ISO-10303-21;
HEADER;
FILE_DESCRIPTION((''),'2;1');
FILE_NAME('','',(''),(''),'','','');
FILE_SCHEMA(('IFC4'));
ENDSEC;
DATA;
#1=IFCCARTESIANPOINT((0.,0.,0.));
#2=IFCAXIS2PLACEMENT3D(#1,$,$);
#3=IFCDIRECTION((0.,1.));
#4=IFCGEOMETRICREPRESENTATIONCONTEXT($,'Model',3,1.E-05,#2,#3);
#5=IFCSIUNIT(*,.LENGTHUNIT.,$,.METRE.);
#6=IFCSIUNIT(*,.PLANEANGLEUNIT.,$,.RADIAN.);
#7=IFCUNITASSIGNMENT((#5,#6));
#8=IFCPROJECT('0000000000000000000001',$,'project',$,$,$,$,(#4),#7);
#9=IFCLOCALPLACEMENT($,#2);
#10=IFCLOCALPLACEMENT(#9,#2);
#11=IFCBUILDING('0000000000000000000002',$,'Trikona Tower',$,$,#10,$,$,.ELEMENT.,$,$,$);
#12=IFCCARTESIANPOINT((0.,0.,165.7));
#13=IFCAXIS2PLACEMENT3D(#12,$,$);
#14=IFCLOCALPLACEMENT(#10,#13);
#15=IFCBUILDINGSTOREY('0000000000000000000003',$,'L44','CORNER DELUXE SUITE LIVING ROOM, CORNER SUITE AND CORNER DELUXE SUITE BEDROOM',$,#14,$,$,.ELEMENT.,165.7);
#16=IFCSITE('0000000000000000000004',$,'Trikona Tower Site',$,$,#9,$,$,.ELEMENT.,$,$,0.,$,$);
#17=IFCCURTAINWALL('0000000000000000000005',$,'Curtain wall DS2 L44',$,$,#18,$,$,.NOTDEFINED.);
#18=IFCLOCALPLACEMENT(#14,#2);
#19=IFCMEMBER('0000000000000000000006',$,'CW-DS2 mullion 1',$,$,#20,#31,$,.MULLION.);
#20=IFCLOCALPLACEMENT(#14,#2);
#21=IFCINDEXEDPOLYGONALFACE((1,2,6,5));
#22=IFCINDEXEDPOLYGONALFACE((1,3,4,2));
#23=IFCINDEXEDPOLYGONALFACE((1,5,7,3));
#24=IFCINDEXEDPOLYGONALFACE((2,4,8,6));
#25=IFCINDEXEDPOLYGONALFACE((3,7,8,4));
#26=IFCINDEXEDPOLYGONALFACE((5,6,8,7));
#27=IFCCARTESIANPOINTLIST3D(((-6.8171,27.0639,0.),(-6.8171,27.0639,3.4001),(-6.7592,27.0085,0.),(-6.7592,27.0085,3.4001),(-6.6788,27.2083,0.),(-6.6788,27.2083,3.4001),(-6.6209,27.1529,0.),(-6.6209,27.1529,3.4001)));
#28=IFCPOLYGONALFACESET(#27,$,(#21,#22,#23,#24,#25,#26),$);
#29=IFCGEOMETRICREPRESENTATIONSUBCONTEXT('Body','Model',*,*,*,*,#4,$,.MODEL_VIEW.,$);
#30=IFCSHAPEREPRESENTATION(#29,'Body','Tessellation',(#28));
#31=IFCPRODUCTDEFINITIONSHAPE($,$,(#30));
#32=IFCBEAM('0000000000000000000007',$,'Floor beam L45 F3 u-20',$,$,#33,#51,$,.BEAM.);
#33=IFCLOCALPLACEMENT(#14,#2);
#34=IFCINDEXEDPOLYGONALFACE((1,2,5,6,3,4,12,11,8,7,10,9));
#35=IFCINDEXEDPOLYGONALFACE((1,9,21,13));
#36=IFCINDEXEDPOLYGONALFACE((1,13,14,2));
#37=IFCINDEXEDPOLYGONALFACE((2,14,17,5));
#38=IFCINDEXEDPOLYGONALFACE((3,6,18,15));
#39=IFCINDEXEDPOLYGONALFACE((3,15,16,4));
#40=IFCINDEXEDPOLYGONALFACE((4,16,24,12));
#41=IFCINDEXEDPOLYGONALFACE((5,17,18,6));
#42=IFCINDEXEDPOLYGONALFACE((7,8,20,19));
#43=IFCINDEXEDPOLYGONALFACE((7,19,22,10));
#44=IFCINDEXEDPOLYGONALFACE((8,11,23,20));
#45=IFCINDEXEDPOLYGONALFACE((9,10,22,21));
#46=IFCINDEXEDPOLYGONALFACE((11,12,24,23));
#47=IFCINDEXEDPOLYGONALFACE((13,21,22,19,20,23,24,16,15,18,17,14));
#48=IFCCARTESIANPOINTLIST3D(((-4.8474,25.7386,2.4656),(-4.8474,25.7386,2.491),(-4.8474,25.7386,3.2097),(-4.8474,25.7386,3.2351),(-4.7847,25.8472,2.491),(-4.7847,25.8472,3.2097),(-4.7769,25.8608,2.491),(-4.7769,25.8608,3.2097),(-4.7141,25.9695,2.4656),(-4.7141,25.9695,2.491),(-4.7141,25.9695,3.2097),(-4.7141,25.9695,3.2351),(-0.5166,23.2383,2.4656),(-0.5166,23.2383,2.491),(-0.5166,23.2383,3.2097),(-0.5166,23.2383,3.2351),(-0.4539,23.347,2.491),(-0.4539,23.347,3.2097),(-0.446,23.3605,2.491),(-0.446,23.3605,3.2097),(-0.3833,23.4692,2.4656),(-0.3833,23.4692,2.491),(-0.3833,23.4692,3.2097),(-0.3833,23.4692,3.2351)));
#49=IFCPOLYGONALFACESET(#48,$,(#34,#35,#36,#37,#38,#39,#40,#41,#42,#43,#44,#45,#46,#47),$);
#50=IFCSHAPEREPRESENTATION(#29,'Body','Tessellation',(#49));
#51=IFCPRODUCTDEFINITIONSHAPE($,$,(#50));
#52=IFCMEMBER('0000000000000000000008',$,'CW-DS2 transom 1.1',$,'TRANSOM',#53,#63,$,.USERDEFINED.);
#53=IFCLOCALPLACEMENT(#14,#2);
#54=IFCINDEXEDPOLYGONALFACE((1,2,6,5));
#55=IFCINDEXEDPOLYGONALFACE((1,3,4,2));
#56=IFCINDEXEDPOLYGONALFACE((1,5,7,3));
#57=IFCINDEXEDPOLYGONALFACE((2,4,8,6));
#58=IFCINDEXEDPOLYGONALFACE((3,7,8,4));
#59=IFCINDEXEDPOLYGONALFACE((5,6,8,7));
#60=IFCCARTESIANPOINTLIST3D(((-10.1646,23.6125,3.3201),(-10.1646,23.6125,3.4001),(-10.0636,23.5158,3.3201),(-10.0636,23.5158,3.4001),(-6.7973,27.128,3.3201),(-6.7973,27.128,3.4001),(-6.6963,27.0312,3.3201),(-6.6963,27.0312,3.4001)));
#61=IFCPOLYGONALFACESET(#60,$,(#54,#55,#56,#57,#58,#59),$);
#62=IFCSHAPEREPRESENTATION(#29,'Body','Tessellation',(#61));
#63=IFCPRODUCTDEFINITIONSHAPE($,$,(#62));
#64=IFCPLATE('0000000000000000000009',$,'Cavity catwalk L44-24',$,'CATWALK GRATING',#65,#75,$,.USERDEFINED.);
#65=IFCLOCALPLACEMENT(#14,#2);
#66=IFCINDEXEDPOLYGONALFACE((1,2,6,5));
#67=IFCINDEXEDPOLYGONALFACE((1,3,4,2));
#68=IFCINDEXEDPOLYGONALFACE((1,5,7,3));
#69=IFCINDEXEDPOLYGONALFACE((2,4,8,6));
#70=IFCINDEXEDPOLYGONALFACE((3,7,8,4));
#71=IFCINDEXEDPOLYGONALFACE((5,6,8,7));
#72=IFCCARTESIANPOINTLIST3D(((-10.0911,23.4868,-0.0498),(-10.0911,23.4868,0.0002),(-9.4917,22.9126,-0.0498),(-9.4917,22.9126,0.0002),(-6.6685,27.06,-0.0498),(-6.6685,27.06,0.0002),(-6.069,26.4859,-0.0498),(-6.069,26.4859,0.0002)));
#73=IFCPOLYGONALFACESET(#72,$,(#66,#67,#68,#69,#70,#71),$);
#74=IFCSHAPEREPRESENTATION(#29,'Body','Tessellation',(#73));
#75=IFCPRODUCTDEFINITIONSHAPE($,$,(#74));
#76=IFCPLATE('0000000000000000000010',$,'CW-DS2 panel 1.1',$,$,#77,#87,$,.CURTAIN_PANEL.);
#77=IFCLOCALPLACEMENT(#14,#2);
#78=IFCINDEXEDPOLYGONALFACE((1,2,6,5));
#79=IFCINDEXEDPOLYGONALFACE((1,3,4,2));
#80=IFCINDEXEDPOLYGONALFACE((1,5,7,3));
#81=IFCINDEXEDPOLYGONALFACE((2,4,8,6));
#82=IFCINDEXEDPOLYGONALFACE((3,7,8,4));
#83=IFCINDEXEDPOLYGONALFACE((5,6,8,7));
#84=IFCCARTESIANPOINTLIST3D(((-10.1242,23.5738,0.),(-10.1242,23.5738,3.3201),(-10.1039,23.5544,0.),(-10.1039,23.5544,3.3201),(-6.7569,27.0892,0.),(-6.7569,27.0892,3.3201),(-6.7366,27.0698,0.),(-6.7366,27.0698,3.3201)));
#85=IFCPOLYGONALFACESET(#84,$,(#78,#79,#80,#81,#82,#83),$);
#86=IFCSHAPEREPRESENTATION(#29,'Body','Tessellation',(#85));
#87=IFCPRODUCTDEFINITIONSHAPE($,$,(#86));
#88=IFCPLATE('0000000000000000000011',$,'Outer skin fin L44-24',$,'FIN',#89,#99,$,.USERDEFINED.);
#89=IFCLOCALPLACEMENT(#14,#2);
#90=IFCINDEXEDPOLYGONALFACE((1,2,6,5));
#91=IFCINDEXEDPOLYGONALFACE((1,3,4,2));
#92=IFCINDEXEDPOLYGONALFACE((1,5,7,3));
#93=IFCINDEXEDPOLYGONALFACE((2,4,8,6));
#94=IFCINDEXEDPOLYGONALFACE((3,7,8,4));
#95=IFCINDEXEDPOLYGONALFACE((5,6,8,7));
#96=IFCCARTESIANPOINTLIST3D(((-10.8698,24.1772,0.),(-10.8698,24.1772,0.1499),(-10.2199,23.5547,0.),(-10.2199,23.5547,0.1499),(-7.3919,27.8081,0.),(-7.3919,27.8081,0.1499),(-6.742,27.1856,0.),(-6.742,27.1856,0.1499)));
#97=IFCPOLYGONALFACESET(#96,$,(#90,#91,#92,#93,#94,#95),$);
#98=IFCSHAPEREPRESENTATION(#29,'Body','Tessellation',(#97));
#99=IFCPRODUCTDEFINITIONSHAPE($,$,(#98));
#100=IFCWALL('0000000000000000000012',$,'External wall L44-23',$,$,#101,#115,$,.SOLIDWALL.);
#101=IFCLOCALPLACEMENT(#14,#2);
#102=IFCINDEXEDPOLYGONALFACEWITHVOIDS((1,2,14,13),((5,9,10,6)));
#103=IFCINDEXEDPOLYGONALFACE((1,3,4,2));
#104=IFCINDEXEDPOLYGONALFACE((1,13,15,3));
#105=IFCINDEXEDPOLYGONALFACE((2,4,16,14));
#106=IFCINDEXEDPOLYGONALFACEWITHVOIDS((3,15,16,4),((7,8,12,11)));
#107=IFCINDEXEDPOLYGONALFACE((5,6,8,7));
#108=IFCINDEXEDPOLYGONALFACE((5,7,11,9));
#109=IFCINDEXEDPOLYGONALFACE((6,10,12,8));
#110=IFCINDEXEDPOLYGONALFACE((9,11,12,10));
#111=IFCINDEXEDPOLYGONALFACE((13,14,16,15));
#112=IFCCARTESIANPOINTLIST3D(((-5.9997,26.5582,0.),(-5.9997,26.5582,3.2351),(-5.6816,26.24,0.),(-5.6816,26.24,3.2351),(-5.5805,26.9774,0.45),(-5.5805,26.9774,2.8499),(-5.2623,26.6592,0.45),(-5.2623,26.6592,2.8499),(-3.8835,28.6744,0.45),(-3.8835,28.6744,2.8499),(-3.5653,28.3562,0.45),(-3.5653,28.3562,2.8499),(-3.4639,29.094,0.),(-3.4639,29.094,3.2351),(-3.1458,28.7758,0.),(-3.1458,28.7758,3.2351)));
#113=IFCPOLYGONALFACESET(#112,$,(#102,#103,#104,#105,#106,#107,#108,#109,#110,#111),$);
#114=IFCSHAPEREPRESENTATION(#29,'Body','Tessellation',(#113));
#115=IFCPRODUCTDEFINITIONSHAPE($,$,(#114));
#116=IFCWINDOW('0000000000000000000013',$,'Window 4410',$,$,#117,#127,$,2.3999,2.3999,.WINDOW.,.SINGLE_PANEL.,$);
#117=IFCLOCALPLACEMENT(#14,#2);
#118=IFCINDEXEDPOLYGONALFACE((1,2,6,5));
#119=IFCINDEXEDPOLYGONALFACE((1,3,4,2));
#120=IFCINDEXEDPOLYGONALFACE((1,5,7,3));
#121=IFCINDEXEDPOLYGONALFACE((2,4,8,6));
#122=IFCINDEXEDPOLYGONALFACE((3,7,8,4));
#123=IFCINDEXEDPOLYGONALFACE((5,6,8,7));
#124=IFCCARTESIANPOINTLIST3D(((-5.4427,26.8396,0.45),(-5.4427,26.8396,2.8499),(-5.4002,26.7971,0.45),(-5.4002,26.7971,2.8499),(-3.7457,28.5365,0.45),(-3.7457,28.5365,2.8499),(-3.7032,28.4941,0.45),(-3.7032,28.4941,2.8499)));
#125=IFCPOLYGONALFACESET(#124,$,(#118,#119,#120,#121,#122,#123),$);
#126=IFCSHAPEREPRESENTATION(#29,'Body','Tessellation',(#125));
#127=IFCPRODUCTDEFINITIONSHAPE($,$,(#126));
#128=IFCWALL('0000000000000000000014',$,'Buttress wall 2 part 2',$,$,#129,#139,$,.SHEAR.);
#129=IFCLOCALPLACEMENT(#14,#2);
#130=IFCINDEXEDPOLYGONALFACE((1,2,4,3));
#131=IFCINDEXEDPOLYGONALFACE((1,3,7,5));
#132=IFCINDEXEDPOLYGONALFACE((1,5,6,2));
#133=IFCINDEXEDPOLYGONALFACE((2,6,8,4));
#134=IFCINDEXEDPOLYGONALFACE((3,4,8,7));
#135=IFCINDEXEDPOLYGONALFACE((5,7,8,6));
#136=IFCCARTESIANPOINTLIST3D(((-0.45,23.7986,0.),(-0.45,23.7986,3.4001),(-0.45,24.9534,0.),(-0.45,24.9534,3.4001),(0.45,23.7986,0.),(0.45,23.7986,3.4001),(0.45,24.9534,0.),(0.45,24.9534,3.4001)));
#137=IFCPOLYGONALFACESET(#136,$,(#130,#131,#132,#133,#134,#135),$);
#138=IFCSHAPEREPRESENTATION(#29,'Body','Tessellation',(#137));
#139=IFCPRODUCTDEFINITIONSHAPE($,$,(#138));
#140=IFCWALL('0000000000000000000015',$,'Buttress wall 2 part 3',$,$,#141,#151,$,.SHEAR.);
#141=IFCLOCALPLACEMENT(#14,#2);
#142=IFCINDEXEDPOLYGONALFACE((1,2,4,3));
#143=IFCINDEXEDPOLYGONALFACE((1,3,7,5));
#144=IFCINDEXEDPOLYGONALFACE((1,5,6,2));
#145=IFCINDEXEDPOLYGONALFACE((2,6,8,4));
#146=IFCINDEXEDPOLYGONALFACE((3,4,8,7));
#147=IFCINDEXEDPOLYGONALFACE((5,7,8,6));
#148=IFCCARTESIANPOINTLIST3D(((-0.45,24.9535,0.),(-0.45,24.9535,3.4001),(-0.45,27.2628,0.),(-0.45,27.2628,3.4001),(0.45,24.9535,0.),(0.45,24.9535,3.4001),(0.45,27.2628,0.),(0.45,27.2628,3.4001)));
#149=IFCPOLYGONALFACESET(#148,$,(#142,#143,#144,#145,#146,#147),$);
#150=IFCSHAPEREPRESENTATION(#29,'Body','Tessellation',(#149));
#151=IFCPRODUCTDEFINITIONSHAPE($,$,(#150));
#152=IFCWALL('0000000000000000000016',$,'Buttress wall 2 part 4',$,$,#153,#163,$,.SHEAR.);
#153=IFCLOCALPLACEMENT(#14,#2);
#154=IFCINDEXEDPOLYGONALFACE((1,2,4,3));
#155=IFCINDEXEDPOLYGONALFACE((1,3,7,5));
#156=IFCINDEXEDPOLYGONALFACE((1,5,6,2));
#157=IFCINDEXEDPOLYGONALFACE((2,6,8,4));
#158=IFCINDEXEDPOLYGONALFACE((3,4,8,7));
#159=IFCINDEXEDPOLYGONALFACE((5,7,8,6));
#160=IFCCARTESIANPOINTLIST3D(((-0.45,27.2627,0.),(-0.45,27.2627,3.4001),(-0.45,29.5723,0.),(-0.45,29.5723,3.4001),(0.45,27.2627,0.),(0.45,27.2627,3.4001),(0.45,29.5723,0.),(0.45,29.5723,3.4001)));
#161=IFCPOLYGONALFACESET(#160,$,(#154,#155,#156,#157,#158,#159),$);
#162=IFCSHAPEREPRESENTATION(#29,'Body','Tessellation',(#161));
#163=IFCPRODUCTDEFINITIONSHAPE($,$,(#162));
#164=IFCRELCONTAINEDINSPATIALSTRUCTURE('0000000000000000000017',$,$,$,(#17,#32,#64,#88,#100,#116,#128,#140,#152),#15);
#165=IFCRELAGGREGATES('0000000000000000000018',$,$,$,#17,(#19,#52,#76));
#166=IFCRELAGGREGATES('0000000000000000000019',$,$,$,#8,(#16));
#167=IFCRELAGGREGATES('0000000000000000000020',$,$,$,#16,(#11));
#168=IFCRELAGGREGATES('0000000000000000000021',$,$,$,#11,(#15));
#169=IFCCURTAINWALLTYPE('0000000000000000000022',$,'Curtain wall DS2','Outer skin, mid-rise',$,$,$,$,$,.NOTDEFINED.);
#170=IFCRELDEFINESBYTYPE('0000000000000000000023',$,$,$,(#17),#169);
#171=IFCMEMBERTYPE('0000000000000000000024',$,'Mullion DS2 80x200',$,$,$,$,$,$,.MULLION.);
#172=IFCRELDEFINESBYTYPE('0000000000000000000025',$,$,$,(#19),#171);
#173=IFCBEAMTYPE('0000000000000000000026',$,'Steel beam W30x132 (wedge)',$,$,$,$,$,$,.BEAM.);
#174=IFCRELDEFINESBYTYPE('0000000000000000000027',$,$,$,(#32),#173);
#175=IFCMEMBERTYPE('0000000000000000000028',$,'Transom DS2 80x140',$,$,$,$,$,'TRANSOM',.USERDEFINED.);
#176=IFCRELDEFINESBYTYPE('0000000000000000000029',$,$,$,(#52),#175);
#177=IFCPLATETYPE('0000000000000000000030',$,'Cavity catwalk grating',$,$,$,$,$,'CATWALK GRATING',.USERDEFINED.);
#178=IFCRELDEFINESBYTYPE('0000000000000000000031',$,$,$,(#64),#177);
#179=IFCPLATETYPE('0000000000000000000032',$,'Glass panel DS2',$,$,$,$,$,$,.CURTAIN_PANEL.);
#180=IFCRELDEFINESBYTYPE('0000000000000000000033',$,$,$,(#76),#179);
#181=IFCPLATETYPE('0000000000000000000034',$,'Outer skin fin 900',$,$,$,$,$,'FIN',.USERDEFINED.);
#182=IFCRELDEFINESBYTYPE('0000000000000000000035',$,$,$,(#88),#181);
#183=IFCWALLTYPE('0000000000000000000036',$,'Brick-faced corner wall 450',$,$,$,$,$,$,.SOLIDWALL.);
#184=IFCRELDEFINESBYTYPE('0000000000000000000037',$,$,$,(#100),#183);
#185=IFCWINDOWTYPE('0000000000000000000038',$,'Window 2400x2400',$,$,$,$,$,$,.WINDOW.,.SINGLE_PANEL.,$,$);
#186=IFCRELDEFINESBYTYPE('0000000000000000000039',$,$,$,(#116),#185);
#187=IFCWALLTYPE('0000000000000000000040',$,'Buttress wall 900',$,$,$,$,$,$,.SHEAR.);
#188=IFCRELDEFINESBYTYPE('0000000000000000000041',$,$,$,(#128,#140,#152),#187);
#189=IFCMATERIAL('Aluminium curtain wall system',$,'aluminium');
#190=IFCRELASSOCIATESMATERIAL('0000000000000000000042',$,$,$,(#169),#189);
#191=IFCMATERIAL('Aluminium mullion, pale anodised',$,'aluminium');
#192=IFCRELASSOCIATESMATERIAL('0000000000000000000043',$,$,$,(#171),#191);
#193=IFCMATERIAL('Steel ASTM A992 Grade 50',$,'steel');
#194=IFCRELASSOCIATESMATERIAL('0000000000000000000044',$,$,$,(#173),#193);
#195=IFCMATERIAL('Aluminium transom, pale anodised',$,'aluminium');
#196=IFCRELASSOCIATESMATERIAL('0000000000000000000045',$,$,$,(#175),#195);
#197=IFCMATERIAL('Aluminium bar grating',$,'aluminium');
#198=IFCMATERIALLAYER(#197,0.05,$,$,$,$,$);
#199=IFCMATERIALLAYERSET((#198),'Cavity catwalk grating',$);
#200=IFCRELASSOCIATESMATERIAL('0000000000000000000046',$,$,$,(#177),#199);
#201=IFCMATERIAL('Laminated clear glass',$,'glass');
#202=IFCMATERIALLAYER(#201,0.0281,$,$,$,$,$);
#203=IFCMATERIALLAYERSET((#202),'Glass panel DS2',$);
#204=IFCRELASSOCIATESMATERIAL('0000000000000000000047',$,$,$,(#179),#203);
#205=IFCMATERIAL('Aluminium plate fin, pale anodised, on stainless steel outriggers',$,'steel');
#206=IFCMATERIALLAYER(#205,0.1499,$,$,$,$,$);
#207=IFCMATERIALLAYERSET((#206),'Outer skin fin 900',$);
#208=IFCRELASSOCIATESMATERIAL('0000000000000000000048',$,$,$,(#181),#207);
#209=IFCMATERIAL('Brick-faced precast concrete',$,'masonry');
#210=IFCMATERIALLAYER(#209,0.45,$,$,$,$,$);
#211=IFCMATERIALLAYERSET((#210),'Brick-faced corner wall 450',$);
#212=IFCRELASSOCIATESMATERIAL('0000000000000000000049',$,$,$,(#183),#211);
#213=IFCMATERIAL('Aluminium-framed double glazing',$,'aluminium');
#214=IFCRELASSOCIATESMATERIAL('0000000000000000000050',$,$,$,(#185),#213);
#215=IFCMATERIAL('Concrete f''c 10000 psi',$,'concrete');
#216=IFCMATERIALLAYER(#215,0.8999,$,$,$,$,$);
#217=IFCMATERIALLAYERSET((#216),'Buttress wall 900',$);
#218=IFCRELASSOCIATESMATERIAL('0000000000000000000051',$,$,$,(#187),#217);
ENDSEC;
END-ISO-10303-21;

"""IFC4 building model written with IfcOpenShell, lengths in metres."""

from ifc_helpers import new_model, si_unit, direction, frame, frame_2d, origin, origin_2d, place, context, subcontext, project, spatial, rectangle, i_section, extrude, material, layer, layer_set, material_profile, profile_set, type_object, element, fill, aggregate, save


model = new_model("IFC4")

# Units and contexts
model_context = context("Model", 3, precision=1e-05, world=origin(), true_north=direction((0.0, 1.0)))
body_context = subcontext(model_context, "Body", "Model", "MODEL_VIEW")
ifc_project = project(units=[si_unit("LENGTHUNIT", "METRE"), si_unit("PLANEANGLEUNIT", "RADIAN")], contexts=[model_context])

# Site, building, storey
site_placement = place(None, origin())
site = spatial("IfcSite", under=ifc_project, at=site_placement, Name="Trikona Tower Site", CompositionType="ELEMENT", RefElevation=0.0)
building_placement = place(site_placement, origin())
building = spatial("IfcBuilding", under=site, at=building_placement, Name="Trikona Tower", CompositionType="ELEMENT")
storey_placement = place(building_placement, frame((0.0, 0.0, 165.7)))
storey = spatial("IfcBuildingStorey", under=building, at=storey_placement, Name="L44", Description="CORNER DELUXE SUITE LIVING ROOM, CORNER SUITE AND CORNER DELUXE SUITE BEDROOM", CompositionType="ELEMENT", Elevation=165.7)

# Curtain wall, member
ifc_material_1 = material(Name="Aluminium curtain wall system", Category="aluminium")
curtain_wall_type = type_object("IfcCurtainWallType", Name="Curtain wall DS2", Description="Outer skin, mid-rise", PredefinedType="NOTDEFINED", material=ifc_material_1)
curtain_wall_placement = place(storey_placement, origin())
curtain_wall = element("IfcCurtainWall", 1, at=curtain_wall_placement, inside=storey, type_object=curtain_wall_type, Name="Curtain wall DS2 L44", PredefinedType="NOTDEFINED")
ifc_material_2 = material(Name="Aluminium mullion, pale anodised", Category="aluminium")
ifc_material_profile_1 = material_profile(ifc_material_2, rectangle(XDim=0.0801, YDim=0.2, at=origin_2d()), Name="MUL-DS2")
ifc_profile_set_1 = profile_set([ifc_material_profile_1], Name="Aluminium mullion, pale anodised")
member_type_1 = type_object("IfcMemberType", Name="Mullion DS2 80x200", PredefinedType="MULLION", material=ifc_profile_set_1)
member_1_placement = place(storey_placement, frame((-6.719, 27.1084, 0.0), z_axis=(0.0, 0.0, 1.0), x_axis=(0.722158, -0.691728, 0.0)))
member_1 = element("IfcMember", 2, at=member_1_placement, type_object=member_type_1, Name="CW-DS2 mullion 1", PredefinedType="MULLION", context=body_context, shape_type="SweptSolid", body=[
    extrude(rectangle(XDim=0.0801, YDim=0.2, at=origin_2d()), origin(), (0.0, 0.0, 1.0), 3.4001),
])

# Beam
ifc_material_3 = material(Name="Steel ASTM A992 Grade 50", Category="steel")
ifc_material_profile_2 = material_profile(ifc_material_3, i_section(OverallWidth=0.2666, OverallDepth=0.7695, WebThickness=0.0156, FlangeThickness=0.0254, at=origin_2d()), Name="W30X132")
ifc_profile_set_2 = profile_set([ifc_material_profile_2], Name="Steel ASTM A992 Grade 50")
beam_type = type_object("IfcBeamType", Name="Steel beam W30x132 (wedge)", PredefinedType="BEAM", material=ifc_profile_set_2)
beam_placement = place(storey_placement, frame((-0.45, 23.3538, 2.8503), z_axis=(-0.866038, 0.499977, 0.0), x_axis=(-0.499977, -0.866038, 0.0)))
element("IfcBeam", 3, at=beam_placement, inside=storey, type_object=beam_type, Name="Floor beam L45 F3 u-20", PredefinedType="BEAM", context=body_context, shape_type="SweptSolid", body=[
    extrude(i_section(OverallWidth=0.2666, OverallDepth=0.7695, WebThickness=0.0156, FlangeThickness=0.0254, at=origin_2d()), origin(), (0.0, 0.0, 1.0), 5.0007),
])

# Member
ifc_material_4 = material(Name="Aluminium transom, pale anodised", Category="aluminium")
ifc_material_profile_3 = material_profile(ifc_material_4, rectangle(XDim=0.1399, YDim=0.0801, at=origin_2d()), Name="TRN-DS2")
ifc_profile_set_3 = profile_set([ifc_material_profile_3], Name="Aluminium transom, pale anodised")
member_type_2 = type_object("IfcMemberType", Name="Transom DS2 80x140", ElementType="TRANSOM", PredefinedType="USERDEFINED", material=ifc_profile_set_3)
member_2_placement = place(storey_placement, frame((-6.7468, 27.0796, 3.3601), z_axis=(-0.691721, -0.722165, 0.0), x_axis=(0.722165, -0.691721, 0.0)))
member_2 = element("IfcMember", 4, at=member_2_placement, type_object=member_type_2, Name="CW-DS2 transom 1.1", ObjectType="TRANSOM", PredefinedType="USERDEFINED", context=body_context, shape_type="SweptSolid", body=[
    extrude(rectangle(XDim=0.1399, YDim=0.0801, at=origin_2d()), origin(), (0.0, 0.0, 1.0), 4.8679),
])

# Plates
ifc_material_5 = material(Name="Aluminium bar grating", Category="aluminium")
ifc_layer_1 = layer(ifc_material_5, 0.05)
ifc_layer_set_1 = layer_set([ifc_layer_1], Name="Cavity catwalk grating")
plate_type_1 = type_object("IfcPlateType", Name="Cavity catwalk grating", ElementType="CATWALK GRATING", PredefinedType="USERDEFINED", material=ifc_layer_set_1)
plate_1_placement = place(storey_placement, frame((-8.0801, 24.9863, -0.0498), z_axis=(0.0, 0.0, 1.0), x_axis=(-0.691724, -0.722162, 0.0)))
element("IfcPlate", 5, at=plate_1_placement, inside=storey, type_object=plate_type_1, Name="Cavity catwalk L44-24", ObjectType="CATWALK GRATING", PredefinedType="USERDEFINED", context=body_context, shape_type="SweptSolid", body=[
    extrude(rectangle(XDim=4.948, YDim=0.8301, at=origin_2d()), origin(), (0.0, 0.0, 1.0), 0.05),
])
ifc_material_6 = material(Name="Laminated clear glass", Category="glass")
ifc_layer_2 = layer(ifc_material_6, 0.0281)
ifc_layer_set_2 = layer_set([ifc_layer_2], Name="Glass panel DS2")
plate_type_2 = type_object("IfcPlateType", Name="Glass panel DS2", PredefinedType="CURTAIN_PANEL", material=ifc_layer_set_2)
plate_2_placement = place(storey_placement, frame((-8.4304, 25.3218, 0.0), z_axis=(0.0, 0.0, 1.0), x_axis=(-0.691728, -0.722158, 0.0)))
plate_2 = element("IfcPlate", 6, at=plate_2_placement, type_object=plate_type_2, Name="CW-DS2 panel 1.1", PredefinedType="CURTAIN_PANEL", context=body_context, shape_type="SweptSolid", body=[
    extrude(rectangle(XDim=4.8679, YDim=0.0281, at=origin_2d()), origin(), (0.0, 0.0, 1.0), 3.3201),
])
aggregate(curtain_wall, [member_1, member_2, plate_2])
ifc_material_7 = material(Name="Aluminium plate fin, pale anodised, on stainless steel outriggers", Category="steel")
ifc_layer_3 = layer(ifc_material_7, 0.1499)
ifc_layer_set_3 = layer_set([ifc_layer_3], Name="Outer skin fin 900")
plate_type_3 = type_object("IfcPlateType", Name="Outer skin fin 900", ElementType="FIN", PredefinedType="USERDEFINED", material=ifc_layer_set_3)
plate_3_placement = place(storey_placement, frame((-8.8059, 25.6814, 0.0), z_axis=(0.0, 0.0, 1.0), x_axis=(-0.691724, -0.722162, 0.0)))
element("IfcPlate", 7, at=plate_3_placement, inside=storey, type_object=plate_type_3, Name="Outer skin fin L44-24", ObjectType="FIN", PredefinedType="USERDEFINED", context=body_context, shape_type="SweptSolid", body=[
    extrude(rectangle(XDim=5.0278, YDim=0.8999, at=origin_2d()), origin(), (0.0, 0.0, 1.0), 0.1499),
])

# Wall, opening, window
ifc_material_8 = material(Name="Brick-faced precast concrete", Category="masonry")
ifc_layer_4 = layer(ifc_material_8, 0.45)
ifc_layer_set_4 = layer_set([ifc_layer_4], Name="Brick-faced corner wall 450")
wall_type_1 = type_object("IfcWallType", Name="Brick-faced corner wall 450", PredefinedType="SOLIDWALL", material=ifc_layer_set_4)
wall_1_placement = place(storey_placement, frame((-3.3049, 28.9348, 0.0), z_axis=(0.0, 0.0, 1.0), x_axis=(-0.707107, -0.707107, 0.0)))
wall_1 = element("IfcWall", 8, at=wall_1_placement, inside=storey, type_object=wall_type_1, Name="External wall L44-23", PredefinedType="SOLIDWALL", context=body_context, shape_type="SweptSolid", body=[
    extrude(rectangle(XDim=3.5862, YDim=0.45, at=frame_2d((1.793, 0.0))), origin(), (0.0, 0.0, 1.0), 3.2351),
])
opening_1_placement = place(wall_1_placement, frame((0.5933, 0.0, 0.45)))
opening_1 = element("IfcOpeningElement", 9, at=opening_1_placement, cuts=wall_1, PredefinedType="OPENING", context=body_context, shape_type="SweptSolid", body=[
    extrude(rectangle(XDim=2.3999, YDim=2.3999, at=frame_2d((1.2, 1.2))), frame((0.0, 0.2349, 0.0), z_axis=(0.0, -1.0, 0.0), x_axis=(1.0, 0.0, 0.0)), (0.0, 0.0, 1.0), 0.47),
])
ifc_material_9 = material(Name="Aluminium-framed double glazing", Category="aluminium")
window_type_1 = type_object("IfcWindowType", Name="Window 2400x2400", PartitioningType="SINGLE_PANEL", PredefinedType="WINDOW", material=ifc_material_9)
window_1_placement = place(opening_1_placement, origin())
window_1 = element("IfcWindow", 10, at=window_1_placement, inside=storey, type_object=window_type_1, Name="Window 4410", OverallHeight=2.3999, OverallWidth=2.3999, PartitioningType="SINGLE_PANEL", PredefinedType="WINDOW", context=body_context, shape_type="SweptSolid", body=[
    extrude(rectangle(XDim=2.3999, YDim=2.3999, at=frame_2d((1.2, 1.2))), frame((0.0, 0.03, 0.0), z_axis=(0.0, -1.0, 0.0), x_axis=(1.0, 0.0, 0.0)), (0.0, 0.0, 1.0), 0.0601),
])
fill(opening_1, window_1)

# Walls
ifc_material_10 = material(Name="Concrete f'c 10000 psi", Category="concrete")
ifc_layer_5 = layer(ifc_material_10, 0.8999)
ifc_layer_set_5 = layer_set([ifc_layer_5], Name="Buttress wall 900")
wall_type_2 = type_object("IfcWallType", Name="Buttress wall 900", PredefinedType="SHEAR", material=ifc_layer_set_5)
wall_2_placement = place(storey_placement, frame((0.0, 23.7986, 0.0), z_axis=(0.0, 0.0, 1.0), x_axis=(0.0, 1.0, 0.0)))
element("IfcWall", 11, at=wall_2_placement, inside=storey, type_object=wall_type_2, Name="Buttress wall 2 part 2", PredefinedType="SHEAR", context=body_context, shape_type="SweptSolid", body=[
    extrude(rectangle(XDim=1.1548, YDim=0.8999, at=frame_2d((0.5774, 0.0))), origin(), (0.0, 0.0, 1.0), 3.4001),
])
wall_3_placement = place(storey_placement, frame((0.0, 24.9534, 0.0), z_axis=(0.0, 0.0, 1.0), x_axis=(0.0, 1.0, 0.0)))
element("IfcWall", 12, at=wall_3_placement, inside=storey, type_object=wall_type_2, Name="Buttress wall 2 part 3", PredefinedType="SHEAR", context=body_context, shape_type="SweptSolid", body=[
    extrude(rectangle(XDim=2.3093, YDim=0.8999, at=frame_2d((1.1548, 0.0))), origin(), (0.0, 0.0, 1.0), 3.4001),
])
wall_4_placement = place(storey_placement, frame((0.0, 27.2627, 0.0), z_axis=(0.0, 0.0, 1.0), x_axis=(0.0, 1.0, 0.0)))
element("IfcWall", 13, at=wall_4_placement, inside=storey, type_object=wall_type_2, Name="Buttress wall 2 part 4", PredefinedType="SHEAR", context=body_context, shape_type="SweptSolid", body=[
    extrude(rectangle(XDim=2.3096, YDim=0.8999, at=frame_2d((1.1548, 0.0))), origin(), (0.0, 0.0, 1.0), 3.4001),
])

save(model, "model.ifc")
